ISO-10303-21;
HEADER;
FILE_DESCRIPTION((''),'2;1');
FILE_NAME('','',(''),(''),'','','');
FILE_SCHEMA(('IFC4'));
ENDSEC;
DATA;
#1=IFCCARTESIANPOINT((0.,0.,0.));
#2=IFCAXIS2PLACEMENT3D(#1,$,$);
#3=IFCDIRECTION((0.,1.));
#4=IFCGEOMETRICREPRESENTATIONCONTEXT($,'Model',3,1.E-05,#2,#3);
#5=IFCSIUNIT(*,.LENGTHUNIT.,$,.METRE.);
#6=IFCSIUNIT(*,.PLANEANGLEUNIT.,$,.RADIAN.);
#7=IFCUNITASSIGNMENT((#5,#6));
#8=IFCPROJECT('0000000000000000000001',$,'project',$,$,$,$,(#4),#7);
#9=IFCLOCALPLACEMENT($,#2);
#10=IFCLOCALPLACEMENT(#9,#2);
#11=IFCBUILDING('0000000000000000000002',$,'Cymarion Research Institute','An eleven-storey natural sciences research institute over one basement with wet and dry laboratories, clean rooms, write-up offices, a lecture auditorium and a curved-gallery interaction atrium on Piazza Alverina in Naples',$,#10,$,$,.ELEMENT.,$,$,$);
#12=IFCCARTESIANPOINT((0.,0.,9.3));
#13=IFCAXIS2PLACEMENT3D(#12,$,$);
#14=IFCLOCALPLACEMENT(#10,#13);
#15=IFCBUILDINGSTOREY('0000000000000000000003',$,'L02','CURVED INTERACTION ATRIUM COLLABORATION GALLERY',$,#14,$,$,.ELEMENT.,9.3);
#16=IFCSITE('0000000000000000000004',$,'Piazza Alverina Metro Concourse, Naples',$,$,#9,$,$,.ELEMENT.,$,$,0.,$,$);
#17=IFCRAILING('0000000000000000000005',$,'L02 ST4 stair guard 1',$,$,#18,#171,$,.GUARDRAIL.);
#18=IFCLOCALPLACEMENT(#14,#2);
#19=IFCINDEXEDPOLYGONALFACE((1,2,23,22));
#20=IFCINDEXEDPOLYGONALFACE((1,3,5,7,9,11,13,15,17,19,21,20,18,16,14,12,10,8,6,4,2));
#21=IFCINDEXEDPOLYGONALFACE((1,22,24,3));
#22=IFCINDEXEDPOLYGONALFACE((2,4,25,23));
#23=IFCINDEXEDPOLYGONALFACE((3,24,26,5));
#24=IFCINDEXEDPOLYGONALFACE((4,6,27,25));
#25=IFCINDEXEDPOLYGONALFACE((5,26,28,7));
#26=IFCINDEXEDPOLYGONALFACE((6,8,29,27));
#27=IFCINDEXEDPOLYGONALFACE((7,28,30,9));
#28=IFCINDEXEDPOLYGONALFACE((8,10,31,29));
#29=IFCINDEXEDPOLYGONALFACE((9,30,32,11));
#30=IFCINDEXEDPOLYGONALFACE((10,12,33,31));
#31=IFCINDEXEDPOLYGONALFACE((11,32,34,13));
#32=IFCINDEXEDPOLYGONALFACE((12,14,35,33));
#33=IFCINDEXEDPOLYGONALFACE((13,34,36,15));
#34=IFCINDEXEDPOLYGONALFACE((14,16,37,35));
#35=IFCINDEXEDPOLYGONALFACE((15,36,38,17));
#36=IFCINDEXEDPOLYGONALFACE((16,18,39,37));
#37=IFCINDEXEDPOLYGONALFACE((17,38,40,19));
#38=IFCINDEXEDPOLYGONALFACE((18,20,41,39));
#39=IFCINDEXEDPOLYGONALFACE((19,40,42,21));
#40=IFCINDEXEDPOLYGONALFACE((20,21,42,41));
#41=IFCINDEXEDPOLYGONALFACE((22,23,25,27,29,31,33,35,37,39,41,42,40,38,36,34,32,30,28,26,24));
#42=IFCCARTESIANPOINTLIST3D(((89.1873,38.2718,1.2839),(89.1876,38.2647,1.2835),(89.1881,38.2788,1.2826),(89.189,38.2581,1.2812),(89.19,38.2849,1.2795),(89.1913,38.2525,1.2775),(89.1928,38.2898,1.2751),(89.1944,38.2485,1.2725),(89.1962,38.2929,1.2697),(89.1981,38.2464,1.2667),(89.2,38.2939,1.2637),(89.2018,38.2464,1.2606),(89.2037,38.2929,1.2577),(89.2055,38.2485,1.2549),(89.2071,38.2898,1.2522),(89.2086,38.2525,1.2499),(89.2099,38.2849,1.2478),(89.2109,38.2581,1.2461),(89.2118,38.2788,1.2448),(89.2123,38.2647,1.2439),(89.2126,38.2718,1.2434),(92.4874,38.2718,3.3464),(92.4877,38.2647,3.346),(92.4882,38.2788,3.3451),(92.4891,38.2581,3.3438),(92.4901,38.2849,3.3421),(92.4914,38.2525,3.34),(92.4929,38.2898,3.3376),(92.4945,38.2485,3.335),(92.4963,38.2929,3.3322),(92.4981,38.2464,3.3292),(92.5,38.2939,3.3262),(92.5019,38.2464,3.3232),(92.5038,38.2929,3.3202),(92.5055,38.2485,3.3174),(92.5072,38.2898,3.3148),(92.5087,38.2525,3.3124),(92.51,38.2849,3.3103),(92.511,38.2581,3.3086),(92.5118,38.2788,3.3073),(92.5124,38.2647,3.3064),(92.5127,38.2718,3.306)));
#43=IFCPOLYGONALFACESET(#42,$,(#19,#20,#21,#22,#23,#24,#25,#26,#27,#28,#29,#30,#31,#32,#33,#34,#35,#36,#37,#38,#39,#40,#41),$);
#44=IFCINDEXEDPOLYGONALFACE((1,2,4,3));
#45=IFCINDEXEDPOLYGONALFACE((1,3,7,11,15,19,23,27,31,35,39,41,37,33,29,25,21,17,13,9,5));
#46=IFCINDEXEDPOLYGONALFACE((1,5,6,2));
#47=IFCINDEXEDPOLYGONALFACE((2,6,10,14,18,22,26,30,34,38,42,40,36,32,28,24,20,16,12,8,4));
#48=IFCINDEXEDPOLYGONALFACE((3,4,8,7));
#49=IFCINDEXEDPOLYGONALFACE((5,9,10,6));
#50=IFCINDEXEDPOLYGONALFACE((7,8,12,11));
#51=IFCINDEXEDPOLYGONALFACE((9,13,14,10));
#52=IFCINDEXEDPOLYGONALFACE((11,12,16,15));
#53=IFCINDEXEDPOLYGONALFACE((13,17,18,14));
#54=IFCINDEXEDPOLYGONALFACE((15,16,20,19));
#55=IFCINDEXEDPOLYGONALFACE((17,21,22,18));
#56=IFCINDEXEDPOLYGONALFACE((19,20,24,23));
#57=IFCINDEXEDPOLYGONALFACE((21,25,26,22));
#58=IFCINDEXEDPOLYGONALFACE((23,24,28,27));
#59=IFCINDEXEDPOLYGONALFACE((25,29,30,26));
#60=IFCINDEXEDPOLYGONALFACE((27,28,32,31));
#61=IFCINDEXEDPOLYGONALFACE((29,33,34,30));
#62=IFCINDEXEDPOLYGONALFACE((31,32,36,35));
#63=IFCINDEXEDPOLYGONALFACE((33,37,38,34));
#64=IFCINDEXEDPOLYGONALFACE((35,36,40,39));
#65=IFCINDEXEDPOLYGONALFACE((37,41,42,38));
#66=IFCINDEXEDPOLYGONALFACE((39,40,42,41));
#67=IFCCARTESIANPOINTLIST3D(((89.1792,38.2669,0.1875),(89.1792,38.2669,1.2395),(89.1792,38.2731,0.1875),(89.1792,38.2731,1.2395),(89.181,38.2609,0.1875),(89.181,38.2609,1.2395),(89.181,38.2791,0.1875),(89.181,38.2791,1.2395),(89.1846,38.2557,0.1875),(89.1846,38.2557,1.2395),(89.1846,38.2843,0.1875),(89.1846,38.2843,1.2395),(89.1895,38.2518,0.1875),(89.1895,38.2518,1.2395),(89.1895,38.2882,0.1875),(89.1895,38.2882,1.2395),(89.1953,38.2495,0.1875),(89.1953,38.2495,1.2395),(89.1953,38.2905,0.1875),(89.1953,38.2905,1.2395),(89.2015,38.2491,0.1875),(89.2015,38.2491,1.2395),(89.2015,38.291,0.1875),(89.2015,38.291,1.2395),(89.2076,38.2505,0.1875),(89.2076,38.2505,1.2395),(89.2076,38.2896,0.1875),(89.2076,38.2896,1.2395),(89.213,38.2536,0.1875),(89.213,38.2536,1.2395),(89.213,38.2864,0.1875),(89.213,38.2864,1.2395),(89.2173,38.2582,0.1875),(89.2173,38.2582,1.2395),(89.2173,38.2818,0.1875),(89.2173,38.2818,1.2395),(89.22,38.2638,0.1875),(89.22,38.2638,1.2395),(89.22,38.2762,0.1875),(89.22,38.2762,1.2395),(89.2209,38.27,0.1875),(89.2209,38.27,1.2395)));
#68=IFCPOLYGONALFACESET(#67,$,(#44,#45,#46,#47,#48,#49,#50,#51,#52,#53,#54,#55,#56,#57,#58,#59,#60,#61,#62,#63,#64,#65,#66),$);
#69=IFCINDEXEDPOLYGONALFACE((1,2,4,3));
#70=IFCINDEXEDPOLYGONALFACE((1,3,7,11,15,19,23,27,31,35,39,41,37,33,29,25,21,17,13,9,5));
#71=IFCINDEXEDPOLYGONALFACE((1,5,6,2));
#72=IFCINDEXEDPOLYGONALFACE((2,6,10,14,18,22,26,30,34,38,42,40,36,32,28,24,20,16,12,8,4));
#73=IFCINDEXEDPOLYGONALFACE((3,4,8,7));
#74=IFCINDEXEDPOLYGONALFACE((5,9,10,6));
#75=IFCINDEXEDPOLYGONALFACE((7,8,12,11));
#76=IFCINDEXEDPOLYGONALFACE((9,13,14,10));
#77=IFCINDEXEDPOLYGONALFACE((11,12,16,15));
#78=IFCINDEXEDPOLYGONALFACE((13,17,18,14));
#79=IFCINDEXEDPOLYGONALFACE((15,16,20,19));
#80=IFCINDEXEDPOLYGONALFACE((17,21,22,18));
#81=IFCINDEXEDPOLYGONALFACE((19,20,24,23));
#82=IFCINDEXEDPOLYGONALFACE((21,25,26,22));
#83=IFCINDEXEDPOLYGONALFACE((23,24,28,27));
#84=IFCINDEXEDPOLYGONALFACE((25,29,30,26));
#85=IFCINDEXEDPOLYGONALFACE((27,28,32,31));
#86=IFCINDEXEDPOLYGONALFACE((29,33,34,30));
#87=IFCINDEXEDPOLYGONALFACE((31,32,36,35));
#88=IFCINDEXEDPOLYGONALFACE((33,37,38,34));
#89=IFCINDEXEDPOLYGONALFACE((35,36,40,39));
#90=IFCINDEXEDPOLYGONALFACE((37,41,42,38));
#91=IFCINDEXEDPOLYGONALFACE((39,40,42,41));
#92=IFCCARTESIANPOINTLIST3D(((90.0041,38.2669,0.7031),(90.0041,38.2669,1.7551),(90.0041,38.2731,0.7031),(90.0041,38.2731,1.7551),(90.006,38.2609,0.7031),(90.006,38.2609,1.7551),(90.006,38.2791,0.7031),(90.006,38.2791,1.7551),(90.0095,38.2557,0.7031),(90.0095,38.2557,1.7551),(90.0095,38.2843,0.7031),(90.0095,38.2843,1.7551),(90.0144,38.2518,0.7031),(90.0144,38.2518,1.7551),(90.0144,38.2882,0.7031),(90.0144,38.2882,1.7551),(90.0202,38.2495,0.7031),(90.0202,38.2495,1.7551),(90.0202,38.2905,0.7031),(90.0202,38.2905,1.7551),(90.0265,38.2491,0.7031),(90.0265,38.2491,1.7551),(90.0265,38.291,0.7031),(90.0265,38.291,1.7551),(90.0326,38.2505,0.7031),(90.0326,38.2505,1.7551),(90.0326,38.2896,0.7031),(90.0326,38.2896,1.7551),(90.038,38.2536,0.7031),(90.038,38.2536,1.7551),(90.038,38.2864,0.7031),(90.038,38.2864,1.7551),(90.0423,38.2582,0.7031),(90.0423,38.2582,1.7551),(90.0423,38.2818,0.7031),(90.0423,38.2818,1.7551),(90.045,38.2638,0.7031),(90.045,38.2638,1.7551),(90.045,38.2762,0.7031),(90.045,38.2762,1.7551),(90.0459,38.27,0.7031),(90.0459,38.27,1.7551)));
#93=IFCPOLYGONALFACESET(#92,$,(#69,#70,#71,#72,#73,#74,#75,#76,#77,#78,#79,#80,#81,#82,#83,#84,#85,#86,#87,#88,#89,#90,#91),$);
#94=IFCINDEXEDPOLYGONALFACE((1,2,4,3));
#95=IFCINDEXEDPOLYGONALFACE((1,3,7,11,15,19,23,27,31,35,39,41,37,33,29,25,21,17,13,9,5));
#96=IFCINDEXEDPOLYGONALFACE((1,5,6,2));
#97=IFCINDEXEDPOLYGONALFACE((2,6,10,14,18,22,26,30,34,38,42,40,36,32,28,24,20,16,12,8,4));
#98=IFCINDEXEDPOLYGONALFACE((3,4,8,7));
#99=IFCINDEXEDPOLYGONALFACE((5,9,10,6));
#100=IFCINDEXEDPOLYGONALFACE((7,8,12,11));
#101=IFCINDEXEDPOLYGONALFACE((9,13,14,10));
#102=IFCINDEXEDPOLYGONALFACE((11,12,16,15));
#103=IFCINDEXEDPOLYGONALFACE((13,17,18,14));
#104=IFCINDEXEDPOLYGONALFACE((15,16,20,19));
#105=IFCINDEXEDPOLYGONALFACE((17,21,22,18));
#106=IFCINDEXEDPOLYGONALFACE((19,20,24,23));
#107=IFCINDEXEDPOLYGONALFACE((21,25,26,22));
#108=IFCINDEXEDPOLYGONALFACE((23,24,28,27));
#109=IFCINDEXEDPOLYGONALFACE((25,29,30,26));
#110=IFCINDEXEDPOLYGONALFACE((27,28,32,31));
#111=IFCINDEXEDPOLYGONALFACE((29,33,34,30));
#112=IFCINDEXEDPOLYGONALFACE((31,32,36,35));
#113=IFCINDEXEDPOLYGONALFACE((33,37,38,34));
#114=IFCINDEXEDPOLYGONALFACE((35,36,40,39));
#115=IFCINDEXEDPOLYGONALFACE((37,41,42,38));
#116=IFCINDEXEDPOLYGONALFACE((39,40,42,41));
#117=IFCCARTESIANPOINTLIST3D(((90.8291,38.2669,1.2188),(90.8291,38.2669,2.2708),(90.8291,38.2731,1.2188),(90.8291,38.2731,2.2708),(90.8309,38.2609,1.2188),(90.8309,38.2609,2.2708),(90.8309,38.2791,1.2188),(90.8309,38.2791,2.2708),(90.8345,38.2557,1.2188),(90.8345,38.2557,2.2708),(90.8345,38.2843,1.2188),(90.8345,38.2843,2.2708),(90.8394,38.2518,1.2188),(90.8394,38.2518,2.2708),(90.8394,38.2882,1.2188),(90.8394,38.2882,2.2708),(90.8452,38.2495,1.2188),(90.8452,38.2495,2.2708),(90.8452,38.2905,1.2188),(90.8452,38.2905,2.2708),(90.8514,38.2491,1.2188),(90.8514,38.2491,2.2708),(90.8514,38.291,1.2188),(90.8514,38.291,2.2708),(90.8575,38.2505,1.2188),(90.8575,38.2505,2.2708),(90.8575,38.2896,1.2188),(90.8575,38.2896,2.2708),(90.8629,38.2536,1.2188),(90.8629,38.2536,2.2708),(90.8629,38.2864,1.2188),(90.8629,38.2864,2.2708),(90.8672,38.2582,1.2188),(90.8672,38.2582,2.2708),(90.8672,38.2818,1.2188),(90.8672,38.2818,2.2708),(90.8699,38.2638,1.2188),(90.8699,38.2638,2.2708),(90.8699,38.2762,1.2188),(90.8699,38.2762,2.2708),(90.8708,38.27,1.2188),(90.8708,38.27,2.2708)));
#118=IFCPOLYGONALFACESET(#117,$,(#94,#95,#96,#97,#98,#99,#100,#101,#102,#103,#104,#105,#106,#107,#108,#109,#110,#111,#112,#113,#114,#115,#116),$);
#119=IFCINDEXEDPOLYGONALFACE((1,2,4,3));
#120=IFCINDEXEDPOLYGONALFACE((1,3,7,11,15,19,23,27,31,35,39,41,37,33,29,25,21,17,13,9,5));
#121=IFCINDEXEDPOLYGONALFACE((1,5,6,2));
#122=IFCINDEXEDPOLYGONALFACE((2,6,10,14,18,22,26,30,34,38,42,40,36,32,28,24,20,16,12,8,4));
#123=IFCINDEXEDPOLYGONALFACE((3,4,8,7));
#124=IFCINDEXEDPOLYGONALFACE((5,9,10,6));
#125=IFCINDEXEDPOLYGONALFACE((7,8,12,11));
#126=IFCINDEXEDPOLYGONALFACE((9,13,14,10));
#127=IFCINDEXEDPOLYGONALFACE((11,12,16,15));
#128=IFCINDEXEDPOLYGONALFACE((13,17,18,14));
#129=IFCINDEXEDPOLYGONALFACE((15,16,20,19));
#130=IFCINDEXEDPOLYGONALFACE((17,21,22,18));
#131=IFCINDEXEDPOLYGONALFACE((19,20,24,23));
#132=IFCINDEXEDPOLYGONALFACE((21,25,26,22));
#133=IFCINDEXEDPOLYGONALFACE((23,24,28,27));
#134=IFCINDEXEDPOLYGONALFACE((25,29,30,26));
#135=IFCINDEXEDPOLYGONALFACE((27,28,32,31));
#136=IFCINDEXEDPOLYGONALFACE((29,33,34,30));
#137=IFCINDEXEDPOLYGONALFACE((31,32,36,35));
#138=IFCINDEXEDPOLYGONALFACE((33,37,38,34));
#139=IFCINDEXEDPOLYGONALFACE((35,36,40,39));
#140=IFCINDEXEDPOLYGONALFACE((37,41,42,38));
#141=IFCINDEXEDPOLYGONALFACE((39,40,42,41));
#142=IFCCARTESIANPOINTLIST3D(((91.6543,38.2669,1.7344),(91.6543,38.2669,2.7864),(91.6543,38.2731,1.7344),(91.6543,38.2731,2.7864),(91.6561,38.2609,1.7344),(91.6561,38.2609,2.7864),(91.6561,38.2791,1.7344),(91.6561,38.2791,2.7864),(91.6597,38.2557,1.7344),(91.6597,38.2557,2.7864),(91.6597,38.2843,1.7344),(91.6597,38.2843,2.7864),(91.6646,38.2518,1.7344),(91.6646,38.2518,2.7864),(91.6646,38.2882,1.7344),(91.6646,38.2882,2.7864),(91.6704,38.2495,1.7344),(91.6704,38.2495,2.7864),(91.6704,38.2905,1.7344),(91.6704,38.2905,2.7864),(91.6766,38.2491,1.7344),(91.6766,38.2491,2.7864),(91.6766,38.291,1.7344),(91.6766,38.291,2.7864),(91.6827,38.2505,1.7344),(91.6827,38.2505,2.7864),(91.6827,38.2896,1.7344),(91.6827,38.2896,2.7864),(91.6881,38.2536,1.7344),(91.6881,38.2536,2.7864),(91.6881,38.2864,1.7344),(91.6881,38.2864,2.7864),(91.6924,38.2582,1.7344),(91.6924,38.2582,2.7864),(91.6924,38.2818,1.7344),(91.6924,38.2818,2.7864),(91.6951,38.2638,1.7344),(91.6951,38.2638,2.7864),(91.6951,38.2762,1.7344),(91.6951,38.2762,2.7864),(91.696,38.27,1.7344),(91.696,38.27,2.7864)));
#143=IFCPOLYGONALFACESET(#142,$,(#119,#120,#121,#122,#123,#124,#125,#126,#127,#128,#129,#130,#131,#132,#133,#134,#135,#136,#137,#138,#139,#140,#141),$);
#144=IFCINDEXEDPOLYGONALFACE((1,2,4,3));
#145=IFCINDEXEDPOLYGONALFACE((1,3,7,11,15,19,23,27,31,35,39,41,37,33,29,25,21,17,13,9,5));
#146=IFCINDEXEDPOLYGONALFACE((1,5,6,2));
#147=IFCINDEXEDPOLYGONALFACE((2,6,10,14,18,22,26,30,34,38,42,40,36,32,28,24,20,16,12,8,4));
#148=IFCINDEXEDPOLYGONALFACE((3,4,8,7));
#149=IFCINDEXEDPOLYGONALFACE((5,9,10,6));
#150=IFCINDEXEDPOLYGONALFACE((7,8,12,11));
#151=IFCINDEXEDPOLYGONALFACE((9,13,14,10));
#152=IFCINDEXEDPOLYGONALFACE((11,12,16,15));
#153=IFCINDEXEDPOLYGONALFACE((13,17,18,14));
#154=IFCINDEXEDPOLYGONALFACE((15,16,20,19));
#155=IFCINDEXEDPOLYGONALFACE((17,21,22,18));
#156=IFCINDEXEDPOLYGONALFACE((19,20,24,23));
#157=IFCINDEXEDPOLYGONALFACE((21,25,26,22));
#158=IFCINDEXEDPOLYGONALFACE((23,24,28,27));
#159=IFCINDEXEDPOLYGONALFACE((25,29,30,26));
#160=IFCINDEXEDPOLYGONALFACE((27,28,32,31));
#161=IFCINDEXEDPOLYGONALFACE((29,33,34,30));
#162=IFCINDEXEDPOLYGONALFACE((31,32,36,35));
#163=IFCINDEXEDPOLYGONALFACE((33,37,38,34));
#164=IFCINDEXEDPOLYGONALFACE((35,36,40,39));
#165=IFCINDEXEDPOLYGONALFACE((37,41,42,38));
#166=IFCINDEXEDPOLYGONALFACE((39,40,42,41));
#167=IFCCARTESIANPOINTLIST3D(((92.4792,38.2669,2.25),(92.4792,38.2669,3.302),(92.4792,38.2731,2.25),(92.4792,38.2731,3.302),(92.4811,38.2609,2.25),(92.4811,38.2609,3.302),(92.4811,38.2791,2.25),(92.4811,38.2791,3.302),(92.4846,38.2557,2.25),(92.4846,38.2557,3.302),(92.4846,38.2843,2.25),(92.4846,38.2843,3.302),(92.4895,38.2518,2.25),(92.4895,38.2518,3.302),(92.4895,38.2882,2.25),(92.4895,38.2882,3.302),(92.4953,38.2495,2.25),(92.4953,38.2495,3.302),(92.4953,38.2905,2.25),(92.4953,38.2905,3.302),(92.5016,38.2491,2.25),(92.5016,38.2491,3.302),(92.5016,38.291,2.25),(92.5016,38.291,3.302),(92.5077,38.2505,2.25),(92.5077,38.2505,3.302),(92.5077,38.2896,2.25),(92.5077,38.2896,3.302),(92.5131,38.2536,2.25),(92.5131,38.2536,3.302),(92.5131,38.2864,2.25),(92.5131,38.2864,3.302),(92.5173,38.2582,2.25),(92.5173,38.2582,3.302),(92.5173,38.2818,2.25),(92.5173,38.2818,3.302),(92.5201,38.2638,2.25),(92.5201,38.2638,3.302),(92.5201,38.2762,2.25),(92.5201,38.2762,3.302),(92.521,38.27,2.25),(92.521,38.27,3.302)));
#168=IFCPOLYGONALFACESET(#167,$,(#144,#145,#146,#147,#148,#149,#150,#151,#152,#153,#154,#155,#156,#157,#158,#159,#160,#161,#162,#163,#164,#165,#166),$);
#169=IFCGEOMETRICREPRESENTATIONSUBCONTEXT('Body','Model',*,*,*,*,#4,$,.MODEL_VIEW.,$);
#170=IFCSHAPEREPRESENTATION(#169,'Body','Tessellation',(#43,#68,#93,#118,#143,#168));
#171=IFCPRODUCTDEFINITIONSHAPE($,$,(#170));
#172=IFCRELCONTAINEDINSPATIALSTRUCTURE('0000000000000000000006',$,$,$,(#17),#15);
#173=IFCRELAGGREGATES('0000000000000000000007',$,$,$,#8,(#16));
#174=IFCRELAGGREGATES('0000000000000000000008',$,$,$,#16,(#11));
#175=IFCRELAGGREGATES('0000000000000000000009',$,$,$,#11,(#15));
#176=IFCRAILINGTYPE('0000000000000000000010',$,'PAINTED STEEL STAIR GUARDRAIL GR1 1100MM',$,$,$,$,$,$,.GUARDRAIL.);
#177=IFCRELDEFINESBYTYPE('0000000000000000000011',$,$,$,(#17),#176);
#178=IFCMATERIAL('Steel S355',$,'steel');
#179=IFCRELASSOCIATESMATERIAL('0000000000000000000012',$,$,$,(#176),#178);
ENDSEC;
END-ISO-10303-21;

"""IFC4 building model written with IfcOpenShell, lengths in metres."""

from ifc_helpers import new_model, si_unit, direction, frame, origin, origin_2d, place, context, subcontext, project, spatial, circle, extrude, material, type_object, element, save


model = new_model("IFC4")

# Units and contexts
model_context = context("Model", 3, precision=1e-05, world=origin(), true_north=direction((0.0, 1.0)))
body_context = subcontext(model_context, "Body", "Model", "MODEL_VIEW")
ifc_project = project(units=[si_unit("LENGTHUNIT", "METRE"), si_unit("PLANEANGLEUNIT", "RADIAN")], contexts=[model_context])

# Site, building, storey
site_placement = place(None, origin())
site = spatial("IfcSite", under=ifc_project, at=site_placement, Name="Piazza Alverina Metro Concourse, Naples", CompositionType="ELEMENT", RefElevation=0.0)
building_placement = place(site_placement, origin())
building = spatial("IfcBuilding", under=site, at=building_placement, Name="Cymarion Research Institute", Description="An eleven-storey natural sciences research institute over one basement with wet and dry laboratories, clean rooms, write-up offices, a lecture auditorium and a curved-gallery interaction atrium on Piazza Alverina in Naples", CompositionType="ELEMENT")
storey_placement = place(building_placement, frame((0.0, 0.0, 9.3)))
storey = spatial("IfcBuildingStorey", under=building, at=storey_placement, Name="L02", Description="CURVED INTERACTION ATRIUM COLLABORATION GALLERY", CompositionType="ELEMENT", Elevation=9.3)

# Shared definitions
ifc_material_1 = material(Name="Steel S355", Category="steel")

# Railing
railing_type_1 = type_object("IfcRailingType", Name="PAINTED STEEL STAIR GUARDRAIL GR1 1100MM", PredefinedType="GUARDRAIL", material=ifc_material_1)
railing_1_placement = place(storey_placement, frame((89.2, 38.27, 0.1875)))
element("IfcRailing", 1, at=railing_1_placement, inside=storey, type_object=railing_type_1, Name="L02 ST4 stair guard 1", PredefinedType="GUARDRAIL", context=body_context, shape_type="SweptSolid", body=[
    extrude(circle(Radius=0.0239, at=origin_2d()), frame((0.0, 0.0, 1.0762), z_axis=(0.848002, 0.0, 0.529993), x_axis=(0.0, 1.0, 0.0)), (0.0, 0.0, 1.0), 3.8916),
    extrude(circle(Radius=0.021, at=origin_2d()), origin(), (0.0, 0.0, 1.0), 1.052),
    extrude(circle(Radius=0.021, at=origin_2d()), frame((0.825, 0.0, 0.5156)), (0.0, 0.0, 1.0), 1.052),
    extrude(circle(Radius=0.021, at=origin_2d()), frame((1.6499, 0.0, 1.0312)), (0.0, 0.0, 1.0), 1.052),
    extrude(circle(Radius=0.021, at=origin_2d()), frame((2.4751, 0.0, 1.5469)), (0.0, 0.0, 1.0), 1.052),
    extrude(circle(Radius=0.021, at=origin_2d()), frame((3.3, 0.0, 2.0625)), (0.0, 0.0, 1.0), 1.052),
])

save(model, "model.ifc")
